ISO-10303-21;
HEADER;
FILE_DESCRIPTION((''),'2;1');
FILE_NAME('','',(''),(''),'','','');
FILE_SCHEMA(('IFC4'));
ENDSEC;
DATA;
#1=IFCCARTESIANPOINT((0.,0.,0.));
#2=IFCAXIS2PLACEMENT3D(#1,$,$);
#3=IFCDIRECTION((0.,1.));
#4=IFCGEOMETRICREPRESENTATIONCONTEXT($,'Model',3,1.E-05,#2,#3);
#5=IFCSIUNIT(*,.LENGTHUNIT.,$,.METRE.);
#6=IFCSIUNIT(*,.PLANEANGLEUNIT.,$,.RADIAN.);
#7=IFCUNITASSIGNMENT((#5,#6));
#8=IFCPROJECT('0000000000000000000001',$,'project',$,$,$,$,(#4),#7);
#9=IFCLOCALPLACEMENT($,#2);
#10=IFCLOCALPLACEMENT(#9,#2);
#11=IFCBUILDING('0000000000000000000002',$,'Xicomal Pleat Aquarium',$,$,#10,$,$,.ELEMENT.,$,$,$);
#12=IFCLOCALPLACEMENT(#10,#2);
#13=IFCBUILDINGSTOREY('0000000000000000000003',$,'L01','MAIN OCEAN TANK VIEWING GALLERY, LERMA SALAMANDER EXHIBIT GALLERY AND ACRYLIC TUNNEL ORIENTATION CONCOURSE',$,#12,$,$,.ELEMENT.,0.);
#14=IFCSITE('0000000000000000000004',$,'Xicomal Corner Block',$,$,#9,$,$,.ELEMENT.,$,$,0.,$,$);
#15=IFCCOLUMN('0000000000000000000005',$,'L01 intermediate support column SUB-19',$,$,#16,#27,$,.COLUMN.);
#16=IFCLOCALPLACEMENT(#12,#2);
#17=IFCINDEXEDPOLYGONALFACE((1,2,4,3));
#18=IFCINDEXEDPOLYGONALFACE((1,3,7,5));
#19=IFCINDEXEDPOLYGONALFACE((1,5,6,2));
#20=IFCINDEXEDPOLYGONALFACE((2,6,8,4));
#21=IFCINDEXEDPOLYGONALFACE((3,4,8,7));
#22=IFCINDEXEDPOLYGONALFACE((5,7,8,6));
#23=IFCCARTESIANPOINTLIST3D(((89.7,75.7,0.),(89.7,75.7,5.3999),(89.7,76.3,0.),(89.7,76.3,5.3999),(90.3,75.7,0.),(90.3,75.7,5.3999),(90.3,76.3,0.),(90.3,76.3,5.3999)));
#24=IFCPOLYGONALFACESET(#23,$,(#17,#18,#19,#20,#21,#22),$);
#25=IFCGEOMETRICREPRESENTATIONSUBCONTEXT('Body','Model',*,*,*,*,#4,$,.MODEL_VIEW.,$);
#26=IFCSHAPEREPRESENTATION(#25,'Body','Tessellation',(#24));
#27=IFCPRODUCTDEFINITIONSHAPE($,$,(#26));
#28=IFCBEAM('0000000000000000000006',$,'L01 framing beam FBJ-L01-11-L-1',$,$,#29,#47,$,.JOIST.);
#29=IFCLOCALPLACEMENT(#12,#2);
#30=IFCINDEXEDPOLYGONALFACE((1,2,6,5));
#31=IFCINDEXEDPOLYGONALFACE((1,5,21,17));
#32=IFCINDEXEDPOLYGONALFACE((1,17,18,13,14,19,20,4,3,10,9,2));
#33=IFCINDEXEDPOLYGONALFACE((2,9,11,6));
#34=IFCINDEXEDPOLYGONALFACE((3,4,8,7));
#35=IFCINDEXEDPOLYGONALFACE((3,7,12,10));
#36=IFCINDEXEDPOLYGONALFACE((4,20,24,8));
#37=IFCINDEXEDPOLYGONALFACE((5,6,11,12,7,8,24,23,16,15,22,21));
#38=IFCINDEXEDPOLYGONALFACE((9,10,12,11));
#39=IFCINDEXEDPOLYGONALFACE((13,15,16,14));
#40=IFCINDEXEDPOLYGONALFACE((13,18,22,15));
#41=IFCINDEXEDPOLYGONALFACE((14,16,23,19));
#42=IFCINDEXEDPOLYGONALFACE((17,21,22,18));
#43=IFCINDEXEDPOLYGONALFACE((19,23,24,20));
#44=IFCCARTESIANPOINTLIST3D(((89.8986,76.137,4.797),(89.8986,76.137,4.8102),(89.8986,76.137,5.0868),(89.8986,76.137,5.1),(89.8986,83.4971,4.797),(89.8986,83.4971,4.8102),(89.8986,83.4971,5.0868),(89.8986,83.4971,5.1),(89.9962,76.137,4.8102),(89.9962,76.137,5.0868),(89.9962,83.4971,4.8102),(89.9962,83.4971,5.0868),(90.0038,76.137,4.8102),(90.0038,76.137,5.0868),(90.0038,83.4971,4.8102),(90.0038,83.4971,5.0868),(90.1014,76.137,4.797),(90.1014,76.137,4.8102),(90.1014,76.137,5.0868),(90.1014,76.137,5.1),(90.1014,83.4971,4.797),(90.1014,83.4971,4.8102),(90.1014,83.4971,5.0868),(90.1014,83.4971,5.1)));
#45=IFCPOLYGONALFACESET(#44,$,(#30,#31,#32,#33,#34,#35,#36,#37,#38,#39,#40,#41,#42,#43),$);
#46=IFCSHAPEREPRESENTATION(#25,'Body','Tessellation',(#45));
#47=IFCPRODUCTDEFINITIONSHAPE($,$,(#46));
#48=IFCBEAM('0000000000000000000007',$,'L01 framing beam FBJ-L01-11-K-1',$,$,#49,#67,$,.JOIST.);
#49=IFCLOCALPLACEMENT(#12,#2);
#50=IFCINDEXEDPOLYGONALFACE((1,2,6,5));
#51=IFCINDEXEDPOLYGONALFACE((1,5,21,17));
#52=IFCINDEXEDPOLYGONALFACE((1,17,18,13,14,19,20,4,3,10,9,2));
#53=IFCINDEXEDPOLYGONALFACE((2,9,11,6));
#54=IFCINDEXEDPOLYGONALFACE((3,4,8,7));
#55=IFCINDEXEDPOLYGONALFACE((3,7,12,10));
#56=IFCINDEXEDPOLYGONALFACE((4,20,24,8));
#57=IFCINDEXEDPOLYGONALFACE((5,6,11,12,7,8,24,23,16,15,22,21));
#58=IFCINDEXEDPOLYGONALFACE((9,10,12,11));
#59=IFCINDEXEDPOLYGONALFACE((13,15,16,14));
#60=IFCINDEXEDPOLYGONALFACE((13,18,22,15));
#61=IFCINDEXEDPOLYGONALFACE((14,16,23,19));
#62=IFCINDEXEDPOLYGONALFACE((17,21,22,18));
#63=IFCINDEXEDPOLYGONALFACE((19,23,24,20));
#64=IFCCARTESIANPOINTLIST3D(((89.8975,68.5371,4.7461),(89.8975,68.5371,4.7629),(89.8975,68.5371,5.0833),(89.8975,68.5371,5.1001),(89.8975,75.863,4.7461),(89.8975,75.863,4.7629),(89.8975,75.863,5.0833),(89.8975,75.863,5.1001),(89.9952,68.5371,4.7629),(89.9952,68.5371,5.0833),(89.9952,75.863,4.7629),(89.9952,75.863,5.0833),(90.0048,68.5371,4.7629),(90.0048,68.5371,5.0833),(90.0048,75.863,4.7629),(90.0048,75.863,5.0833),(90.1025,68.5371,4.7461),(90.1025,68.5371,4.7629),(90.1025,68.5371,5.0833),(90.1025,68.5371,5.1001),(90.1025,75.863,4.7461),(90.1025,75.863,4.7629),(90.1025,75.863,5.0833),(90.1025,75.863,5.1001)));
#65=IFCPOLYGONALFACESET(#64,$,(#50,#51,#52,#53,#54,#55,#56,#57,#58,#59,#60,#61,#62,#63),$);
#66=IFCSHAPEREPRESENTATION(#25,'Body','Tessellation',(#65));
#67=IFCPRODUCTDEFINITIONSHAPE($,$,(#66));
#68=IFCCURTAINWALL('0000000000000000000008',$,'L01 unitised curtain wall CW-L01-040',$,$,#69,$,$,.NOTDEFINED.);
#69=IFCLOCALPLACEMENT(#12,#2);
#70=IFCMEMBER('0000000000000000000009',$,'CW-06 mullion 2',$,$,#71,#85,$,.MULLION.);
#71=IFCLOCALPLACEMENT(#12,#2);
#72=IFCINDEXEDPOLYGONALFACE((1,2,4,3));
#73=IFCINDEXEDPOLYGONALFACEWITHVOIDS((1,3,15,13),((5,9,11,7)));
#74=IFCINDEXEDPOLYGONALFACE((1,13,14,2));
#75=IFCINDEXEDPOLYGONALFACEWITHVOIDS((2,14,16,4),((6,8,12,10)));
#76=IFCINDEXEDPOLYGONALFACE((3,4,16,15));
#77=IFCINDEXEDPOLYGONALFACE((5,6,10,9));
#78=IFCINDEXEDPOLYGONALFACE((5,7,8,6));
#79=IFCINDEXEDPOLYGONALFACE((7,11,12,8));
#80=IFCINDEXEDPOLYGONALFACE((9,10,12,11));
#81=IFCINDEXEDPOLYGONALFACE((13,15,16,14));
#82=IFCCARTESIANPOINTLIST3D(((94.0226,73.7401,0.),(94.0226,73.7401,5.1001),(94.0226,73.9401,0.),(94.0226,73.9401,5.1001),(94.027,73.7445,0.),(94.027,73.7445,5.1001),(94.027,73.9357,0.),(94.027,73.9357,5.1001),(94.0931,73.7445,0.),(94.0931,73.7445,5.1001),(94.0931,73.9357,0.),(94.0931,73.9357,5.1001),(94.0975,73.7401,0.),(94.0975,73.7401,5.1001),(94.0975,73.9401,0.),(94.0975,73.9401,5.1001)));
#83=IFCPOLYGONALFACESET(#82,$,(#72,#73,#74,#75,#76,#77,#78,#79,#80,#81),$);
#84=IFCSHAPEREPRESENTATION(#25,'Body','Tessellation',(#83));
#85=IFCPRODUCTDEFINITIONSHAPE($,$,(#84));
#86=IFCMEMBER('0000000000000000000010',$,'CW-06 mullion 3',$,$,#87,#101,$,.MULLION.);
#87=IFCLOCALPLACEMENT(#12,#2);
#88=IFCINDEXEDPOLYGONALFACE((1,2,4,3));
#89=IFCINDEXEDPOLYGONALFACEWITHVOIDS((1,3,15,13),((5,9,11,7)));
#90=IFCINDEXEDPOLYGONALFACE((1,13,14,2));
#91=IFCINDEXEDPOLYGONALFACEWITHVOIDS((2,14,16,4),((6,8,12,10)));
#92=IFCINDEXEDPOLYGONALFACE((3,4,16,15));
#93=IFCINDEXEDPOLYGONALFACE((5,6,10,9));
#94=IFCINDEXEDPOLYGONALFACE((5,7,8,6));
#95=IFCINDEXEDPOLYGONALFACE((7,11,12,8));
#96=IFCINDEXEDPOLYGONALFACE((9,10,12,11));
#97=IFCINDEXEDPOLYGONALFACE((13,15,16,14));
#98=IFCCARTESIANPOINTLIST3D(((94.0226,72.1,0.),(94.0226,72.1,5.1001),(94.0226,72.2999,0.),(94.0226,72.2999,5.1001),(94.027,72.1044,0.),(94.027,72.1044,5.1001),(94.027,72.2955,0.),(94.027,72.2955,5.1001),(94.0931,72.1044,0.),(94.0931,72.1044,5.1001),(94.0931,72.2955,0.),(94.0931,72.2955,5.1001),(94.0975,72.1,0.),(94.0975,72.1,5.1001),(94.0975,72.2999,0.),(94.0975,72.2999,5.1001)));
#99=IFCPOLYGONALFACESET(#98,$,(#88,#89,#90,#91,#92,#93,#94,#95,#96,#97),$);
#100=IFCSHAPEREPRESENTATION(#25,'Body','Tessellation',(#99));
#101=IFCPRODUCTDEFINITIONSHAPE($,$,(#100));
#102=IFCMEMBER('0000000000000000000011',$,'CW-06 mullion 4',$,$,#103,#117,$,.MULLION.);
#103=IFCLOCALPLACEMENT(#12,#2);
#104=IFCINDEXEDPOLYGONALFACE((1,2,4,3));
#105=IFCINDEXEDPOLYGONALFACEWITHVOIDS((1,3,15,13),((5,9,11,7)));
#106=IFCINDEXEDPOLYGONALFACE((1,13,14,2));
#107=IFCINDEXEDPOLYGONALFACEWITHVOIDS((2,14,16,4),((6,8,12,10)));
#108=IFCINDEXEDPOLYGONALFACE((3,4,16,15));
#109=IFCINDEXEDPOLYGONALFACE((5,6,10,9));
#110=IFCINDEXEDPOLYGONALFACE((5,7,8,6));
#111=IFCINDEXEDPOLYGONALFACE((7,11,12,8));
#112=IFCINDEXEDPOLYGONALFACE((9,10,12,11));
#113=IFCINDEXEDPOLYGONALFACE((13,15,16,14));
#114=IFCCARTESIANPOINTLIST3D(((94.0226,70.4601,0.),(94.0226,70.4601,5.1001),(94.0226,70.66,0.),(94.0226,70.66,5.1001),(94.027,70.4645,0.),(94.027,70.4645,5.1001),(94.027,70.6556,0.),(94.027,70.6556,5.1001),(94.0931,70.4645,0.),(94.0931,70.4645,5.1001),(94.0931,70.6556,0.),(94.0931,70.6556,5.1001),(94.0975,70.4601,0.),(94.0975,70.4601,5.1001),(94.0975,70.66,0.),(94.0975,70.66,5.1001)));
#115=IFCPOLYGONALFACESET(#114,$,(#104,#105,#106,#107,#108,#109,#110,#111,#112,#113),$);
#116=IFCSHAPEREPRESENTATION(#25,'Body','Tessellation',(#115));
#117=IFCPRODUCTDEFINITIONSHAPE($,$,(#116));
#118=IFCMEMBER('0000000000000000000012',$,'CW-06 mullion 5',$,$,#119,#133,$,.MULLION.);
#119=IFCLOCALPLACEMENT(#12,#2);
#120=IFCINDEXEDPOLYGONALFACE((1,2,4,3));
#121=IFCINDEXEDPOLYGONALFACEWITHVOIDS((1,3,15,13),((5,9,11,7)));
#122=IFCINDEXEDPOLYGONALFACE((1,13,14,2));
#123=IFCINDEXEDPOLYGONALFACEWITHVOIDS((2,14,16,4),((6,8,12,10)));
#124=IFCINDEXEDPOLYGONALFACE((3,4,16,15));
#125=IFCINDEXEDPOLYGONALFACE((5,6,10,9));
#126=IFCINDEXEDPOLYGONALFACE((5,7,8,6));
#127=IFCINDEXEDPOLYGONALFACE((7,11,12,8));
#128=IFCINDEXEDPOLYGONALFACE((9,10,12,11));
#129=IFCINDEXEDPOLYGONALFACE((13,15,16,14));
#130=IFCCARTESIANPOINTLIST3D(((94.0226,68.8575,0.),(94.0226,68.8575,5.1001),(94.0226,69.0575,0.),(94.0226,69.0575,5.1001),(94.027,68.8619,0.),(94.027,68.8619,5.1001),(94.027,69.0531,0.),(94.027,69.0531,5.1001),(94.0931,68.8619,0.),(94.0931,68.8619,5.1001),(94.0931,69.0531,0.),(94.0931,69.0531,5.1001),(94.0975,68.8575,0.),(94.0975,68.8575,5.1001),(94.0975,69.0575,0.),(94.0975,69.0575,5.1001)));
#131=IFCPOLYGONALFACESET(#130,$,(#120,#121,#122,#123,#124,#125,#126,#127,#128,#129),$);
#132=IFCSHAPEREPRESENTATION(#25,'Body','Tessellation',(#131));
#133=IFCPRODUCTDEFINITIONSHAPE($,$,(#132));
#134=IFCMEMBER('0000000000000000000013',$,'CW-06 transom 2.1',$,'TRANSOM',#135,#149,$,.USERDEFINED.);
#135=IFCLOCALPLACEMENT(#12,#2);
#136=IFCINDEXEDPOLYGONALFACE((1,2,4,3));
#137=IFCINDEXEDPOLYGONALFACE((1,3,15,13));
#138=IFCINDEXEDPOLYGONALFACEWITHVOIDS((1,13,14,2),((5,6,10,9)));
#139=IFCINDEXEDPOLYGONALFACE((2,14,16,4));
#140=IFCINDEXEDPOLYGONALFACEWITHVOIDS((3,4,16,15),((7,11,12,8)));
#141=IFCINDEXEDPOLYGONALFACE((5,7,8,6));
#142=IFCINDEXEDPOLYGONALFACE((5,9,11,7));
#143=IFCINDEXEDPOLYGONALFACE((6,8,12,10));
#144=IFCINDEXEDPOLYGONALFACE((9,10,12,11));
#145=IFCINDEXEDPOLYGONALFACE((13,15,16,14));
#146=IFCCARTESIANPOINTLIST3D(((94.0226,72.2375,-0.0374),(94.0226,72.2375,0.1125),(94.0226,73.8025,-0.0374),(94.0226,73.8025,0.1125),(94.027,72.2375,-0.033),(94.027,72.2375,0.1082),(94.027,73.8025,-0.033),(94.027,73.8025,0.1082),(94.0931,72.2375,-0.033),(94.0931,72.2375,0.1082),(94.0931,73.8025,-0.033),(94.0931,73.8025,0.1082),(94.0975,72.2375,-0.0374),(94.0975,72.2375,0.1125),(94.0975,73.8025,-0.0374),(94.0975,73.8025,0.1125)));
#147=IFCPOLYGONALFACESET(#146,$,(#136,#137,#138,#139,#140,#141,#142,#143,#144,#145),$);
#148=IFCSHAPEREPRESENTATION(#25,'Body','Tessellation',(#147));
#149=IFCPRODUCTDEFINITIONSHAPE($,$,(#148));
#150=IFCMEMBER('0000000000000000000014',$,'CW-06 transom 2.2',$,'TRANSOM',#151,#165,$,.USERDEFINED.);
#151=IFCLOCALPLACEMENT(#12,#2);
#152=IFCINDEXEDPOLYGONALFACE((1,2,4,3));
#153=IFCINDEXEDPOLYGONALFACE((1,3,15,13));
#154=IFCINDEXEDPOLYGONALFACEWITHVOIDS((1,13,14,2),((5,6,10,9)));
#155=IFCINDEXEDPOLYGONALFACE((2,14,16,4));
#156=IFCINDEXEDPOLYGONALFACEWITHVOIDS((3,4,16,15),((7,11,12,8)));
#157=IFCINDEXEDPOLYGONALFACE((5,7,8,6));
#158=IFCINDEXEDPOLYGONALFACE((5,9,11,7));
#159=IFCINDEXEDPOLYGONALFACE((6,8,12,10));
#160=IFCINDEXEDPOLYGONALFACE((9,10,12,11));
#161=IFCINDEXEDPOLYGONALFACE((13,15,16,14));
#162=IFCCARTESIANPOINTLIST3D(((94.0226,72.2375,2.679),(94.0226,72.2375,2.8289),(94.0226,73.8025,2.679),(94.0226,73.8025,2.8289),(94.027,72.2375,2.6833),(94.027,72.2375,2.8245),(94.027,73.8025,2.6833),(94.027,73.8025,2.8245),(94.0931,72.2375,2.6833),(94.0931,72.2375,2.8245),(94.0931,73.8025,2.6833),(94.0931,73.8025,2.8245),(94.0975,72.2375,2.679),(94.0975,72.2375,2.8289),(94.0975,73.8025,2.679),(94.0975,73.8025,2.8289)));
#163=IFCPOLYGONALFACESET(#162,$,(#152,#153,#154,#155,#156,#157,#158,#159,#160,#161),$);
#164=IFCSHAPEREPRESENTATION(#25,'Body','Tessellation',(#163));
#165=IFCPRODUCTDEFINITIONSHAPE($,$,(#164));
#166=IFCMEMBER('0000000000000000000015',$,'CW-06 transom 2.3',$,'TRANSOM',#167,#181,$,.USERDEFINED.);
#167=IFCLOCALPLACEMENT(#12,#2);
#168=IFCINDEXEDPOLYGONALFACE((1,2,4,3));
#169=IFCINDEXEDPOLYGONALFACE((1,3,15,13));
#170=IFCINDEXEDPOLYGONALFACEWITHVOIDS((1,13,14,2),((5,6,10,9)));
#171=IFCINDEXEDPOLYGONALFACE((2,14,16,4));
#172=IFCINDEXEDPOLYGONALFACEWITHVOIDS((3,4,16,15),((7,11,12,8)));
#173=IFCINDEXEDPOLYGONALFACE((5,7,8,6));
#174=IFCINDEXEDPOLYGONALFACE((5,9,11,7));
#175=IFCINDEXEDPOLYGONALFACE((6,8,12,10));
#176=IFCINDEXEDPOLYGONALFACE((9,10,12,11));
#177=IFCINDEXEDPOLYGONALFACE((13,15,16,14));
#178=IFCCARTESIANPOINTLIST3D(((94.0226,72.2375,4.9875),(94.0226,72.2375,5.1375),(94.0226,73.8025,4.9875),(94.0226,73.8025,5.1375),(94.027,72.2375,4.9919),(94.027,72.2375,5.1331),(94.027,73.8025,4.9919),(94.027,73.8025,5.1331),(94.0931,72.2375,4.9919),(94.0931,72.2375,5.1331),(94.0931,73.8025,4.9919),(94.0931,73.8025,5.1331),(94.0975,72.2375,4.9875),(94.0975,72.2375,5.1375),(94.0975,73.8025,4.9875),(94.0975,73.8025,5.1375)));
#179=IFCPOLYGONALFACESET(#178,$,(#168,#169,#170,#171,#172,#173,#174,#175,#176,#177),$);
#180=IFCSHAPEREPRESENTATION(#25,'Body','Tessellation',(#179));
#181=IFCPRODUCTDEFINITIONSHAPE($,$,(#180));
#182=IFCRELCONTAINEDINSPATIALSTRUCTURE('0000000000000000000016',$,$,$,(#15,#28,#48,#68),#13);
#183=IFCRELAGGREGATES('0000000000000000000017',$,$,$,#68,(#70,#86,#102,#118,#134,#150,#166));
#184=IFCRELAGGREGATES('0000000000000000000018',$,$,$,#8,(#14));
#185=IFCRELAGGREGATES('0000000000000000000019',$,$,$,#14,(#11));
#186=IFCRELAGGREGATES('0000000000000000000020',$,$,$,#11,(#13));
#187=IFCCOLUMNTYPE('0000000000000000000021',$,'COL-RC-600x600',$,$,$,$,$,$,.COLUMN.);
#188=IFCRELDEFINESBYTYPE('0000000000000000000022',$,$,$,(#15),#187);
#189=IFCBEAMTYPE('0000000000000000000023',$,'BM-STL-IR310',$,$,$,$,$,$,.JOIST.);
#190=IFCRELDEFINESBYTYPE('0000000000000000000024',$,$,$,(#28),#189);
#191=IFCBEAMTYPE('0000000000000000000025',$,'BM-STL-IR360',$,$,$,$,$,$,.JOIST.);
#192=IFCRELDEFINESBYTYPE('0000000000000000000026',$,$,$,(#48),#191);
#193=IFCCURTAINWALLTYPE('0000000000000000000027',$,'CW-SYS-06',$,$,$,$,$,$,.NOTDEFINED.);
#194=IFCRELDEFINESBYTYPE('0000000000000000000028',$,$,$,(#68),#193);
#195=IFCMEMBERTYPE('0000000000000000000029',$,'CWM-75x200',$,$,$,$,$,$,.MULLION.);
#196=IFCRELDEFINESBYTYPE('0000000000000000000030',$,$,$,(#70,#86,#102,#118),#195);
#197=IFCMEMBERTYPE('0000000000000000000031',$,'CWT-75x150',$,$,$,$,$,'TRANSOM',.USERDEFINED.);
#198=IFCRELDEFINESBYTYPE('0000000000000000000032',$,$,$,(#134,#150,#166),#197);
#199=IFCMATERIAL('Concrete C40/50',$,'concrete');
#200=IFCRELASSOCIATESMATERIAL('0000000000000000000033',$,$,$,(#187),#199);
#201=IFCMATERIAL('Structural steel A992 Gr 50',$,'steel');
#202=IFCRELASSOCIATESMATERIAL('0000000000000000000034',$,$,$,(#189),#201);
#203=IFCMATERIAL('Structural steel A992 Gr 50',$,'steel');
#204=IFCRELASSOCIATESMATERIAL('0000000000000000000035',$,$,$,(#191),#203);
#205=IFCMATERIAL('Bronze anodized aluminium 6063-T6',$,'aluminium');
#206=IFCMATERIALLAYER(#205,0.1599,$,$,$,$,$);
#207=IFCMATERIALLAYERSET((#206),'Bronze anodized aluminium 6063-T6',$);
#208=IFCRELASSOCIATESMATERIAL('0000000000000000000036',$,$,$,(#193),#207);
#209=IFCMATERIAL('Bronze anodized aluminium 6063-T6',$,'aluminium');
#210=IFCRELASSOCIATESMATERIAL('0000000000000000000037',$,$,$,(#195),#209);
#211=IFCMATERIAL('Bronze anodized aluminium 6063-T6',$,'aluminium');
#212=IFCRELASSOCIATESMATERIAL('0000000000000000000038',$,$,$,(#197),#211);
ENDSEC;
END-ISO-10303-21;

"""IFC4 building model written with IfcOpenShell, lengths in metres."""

from ifc_helpers import new_model, si_unit, direction, frame, origin, origin_2d, place, context, subcontext, project, spatial, rectangle, hollow_rectangle, i_section, extrude, material, layer, layer_set, material_profile, profile_set, type_object, element, aggregate, save


model = new_model("IFC4")

# Units and contexts
model_context = context("Model", 3, precision=1e-05, world=origin(), true_north=direction((0.0, 1.0)))
body_context = subcontext(model_context, "Body", "Model", "MODEL_VIEW")
ifc_project = project(units=[si_unit("LENGTHUNIT", "METRE"), si_unit("PLANEANGLEUNIT", "RADIAN")], contexts=[model_context])

# Site, building, storey
site_placement = place(None, origin())
site = spatial("IfcSite", under=ifc_project, at=site_placement, Name="Xicomal Corner Block", CompositionType="ELEMENT", RefElevation=0.0)
building_placement = place(site_placement, origin())
building = spatial("IfcBuilding", under=site, at=building_placement, Name="Xicomal Pleat Aquarium", CompositionType="ELEMENT")
storey_placement = place(building_placement, origin())
storey = spatial("IfcBuildingStorey", under=building, at=storey_placement, Name="L01", Description="MAIN OCEAN TANK VIEWING GALLERY, LERMA SALAMANDER EXHIBIT GALLERY AND ACRYLIC TUNNEL ORIENTATION CONCOURSE", CompositionType="ELEMENT", Elevation=0.0)

# Column
ifc_material_1 = material(Name="Concrete C40/50", Category="concrete")
ifc_material_profile_1 = material_profile(ifc_material_1, rectangle(XDim=0.6001, YDim=0.6001, at=origin_2d()), Name="RC 600x600")
ifc_profile_set_1 = profile_set([ifc_material_profile_1], Name="Concrete C40/50")
column_type = type_object("IfcColumnType", Name="COL-RC-600x600", PredefinedType="COLUMN", material=ifc_profile_set_1)
column_placement = place(storey_placement, frame((90.0, 76.0, 0.0), z_axis=(0.0, 0.0, 1.0), x_axis=(1.0, 0.0, 0.0)))
element("IfcColumn", 1, at=column_placement, inside=storey, type_object=column_type, Name="L01 intermediate support column SUB-19", PredefinedType="COLUMN", context=body_context, shape_type="SweptSolid", body=[
    extrude(rectangle(XDim=0.6001, YDim=0.6001, at=origin_2d()), origin(), (0.0, 0.0, 1.0), 5.3999),
])

# Beams
ifc_material_2 = material(Name="Structural steel A992 Gr 50", Category="steel")
ifc_material_profile_2 = material_profile(ifc_material_2, i_section(OverallWidth=0.2029, OverallDepth=0.303, WebThickness=0.0076, FlangeThickness=0.0132, at=origin_2d()), Name="IR 310x60")
ifc_profile_set_2 = profile_set([ifc_material_profile_2], Name="Structural steel A992 Gr 50")
beam_type_1 = type_object("IfcBeamType", Name="BM-STL-IR310", PredefinedType="JOIST", material=ifc_profile_set_2)
beam_1_placement = place(storey_placement, frame((90.0, 76.137, 4.9485), z_axis=(0.0, 1.0, 0.0), x_axis=(-1.0, 0.0, 0.0)))
element("IfcBeam", 2, at=beam_1_placement, inside=storey, type_object=beam_type_1, Name="L01 framing beam FBJ-L01-11-L-1", PredefinedType="JOIST", context=body_context, shape_type="SweptSolid", body=[
    extrude(i_section(OverallWidth=0.2029, OverallDepth=0.303, WebThickness=0.0076, FlangeThickness=0.0132, at=origin_2d()), origin(), (0.0, 0.0, 1.0), 7.3601),
])
ifc_material_3 = material(Name="Structural steel A992 Gr 50", Category="steel")
ifc_material_profile_3 = material_profile(ifc_material_3, i_section(OverallWidth=0.2051, OverallDepth=0.354, WebThickness=0.0095, FlangeThickness=0.0168, at=origin_2d()), Name="IR 360x79")
ifc_profile_set_3 = profile_set([ifc_material_profile_3], Name="Structural steel A992 Gr 50")
beam_type_2 = type_object("IfcBeamType", Name="BM-STL-IR360", PredefinedType="JOIST", material=ifc_profile_set_3)
beam_2_placement = place(storey_placement, frame((90.0, 68.5371, 4.9231), z_axis=(0.0, 1.0, 0.0), x_axis=(-1.0, 0.0, 0.0)))
element("IfcBeam", 3, at=beam_2_placement, inside=storey, type_object=beam_type_2, Name="L01 framing beam FBJ-L01-11-K-1", PredefinedType="JOIST", context=body_context, shape_type="SweptSolid", body=[
    extrude(i_section(OverallWidth=0.2051, OverallDepth=0.354, WebThickness=0.0095, FlangeThickness=0.0168, at=origin_2d()), origin(), (0.0, 0.0, 1.0), 7.3259),
])

# Curtain wall, members
ifc_material_4 = material(Name="Bronze anodized aluminium 6063-T6", Category="aluminium")
ifc_layer_1 = layer(ifc_material_4, 0.1599)
ifc_layer_set_1 = layer_set([ifc_layer_1], Name="Bronze anodized aluminium 6063-T6")
curtain_wall_type = type_object("IfcCurtainWallType", Name="CW-SYS-06", PredefinedType="NOTDEFINED", material=ifc_layer_set_1)
curtain_wall_placement = place(storey_placement, origin())
curtain_wall = element("IfcCurtainWall", 4, at=curtain_wall_placement, inside=storey, type_object=curtain_wall_type, Name="L01 unitised curtain wall CW-L01-040", PredefinedType="NOTDEFINED")
ifc_material_5 = material(Name="Bronze anodized aluminium 6063-T6", Category="aluminium")
ifc_material_profile_4 = material_profile(ifc_material_5, hollow_rectangle(XDim=0.075, YDim=0.2, WallThickness=0.0044, at=origin_2d()), Name="ALU MULL 75x200")
ifc_profile_set_4 = profile_set([ifc_material_profile_4], Name="Bronze anodized aluminium 6063-T6")
member_type_1 = type_object("IfcMemberType", Name="CWM-75x200", PredefinedType="MULLION", material=ifc_profile_set_4)
member_1_placement = place(storey_placement, frame((94.0601, 73.8401, 0.0), z_axis=(0.0, 0.0, 1.0), x_axis=(1.0, 0.0, 0.0)))
member_1 = element("IfcMember", 5, at=member_1_placement, type_object=member_type_1, Name="CW-06 mullion 2", PredefinedType="MULLION", context=body_context, shape_type="SweptSolid", body=[
    extrude(hollow_rectangle(XDim=0.075, YDim=0.2, WallThickness=0.0044, at=origin_2d()), origin(), (0.0, 0.0, 1.0), 5.1001),
])
member_2_placement = place(storey_placement, frame((94.0601, 72.2, 0.0), z_axis=(0.0, 0.0, 1.0), x_axis=(1.0, 0.0, 0.0)))
member_2 = element("IfcMember", 6, at=member_2_placement, type_object=member_type_1, Name="CW-06 mullion 3", PredefinedType="MULLION", context=body_context, shape_type="SweptSolid", body=[
    extrude(hollow_rectangle(XDim=0.075, YDim=0.2, WallThickness=0.0044, at=origin_2d()), origin(), (0.0, 0.0, 1.0), 5.1001),
])
member_3_placement = place(storey_placement, frame((94.0601, 70.5601, 0.0), z_axis=(0.0, 0.0, 1.0), x_axis=(1.0, 0.0, 0.0)))
member_3 = element("IfcMember", 7, at=member_3_placement, type_object=member_type_1, Name="CW-06 mullion 4", PredefinedType="MULLION", context=body_context, shape_type="SweptSolid", body=[
    extrude(hollow_rectangle(XDim=0.075, YDim=0.2, WallThickness=0.0044, at=origin_2d()), origin(), (0.0, 0.0, 1.0), 5.1001),
])
member_4_placement = place(storey_placement, frame((94.0601, 68.9575, 0.0), z_axis=(0.0, 0.0, 1.0), x_axis=(1.0, 0.0, 0.0)))
member_4 = element("IfcMember", 8, at=member_4_placement, type_object=member_type_1, Name="CW-06 mullion 5", PredefinedType="MULLION", context=body_context, shape_type="SweptSolid", body=[
    extrude(hollow_rectangle(XDim=0.075, YDim=0.2, WallThickness=0.0044, at=origin_2d()), origin(), (0.0, 0.0, 1.0), 5.1001),
])
ifc_material_6 = material(Name="Bronze anodized aluminium 6063-T6", Category="aluminium")
ifc_material_profile_5 = material_profile(ifc_material_6, hollow_rectangle(XDim=0.075, YDim=0.1499, WallThickness=0.0044, at=origin_2d()), Name="ALU TRAN 75x150")
ifc_profile_set_5 = profile_set([ifc_material_profile_5], Name="Bronze anodized aluminium 6063-T6")
member_type_2 = type_object("IfcMemberType", Name="CWT-75x150", ElementType="TRANSOM", PredefinedType="USERDEFINED", material=ifc_profile_set_5)
member_5_placement = place(storey_placement, frame((94.0601, 73.8025, 0.0376), z_axis=(0.0, -1.0, 0.0), x_axis=(1.0, 0.0, 0.0)))
member_5 = element("IfcMember", 9, at=member_5_placement, type_object=member_type_2, Name="CW-06 transom 2.1", ObjectType="TRANSOM", PredefinedType="USERDEFINED", context=body_context, shape_type="SweptSolid", body=[
    extrude(hollow_rectangle(XDim=0.075, YDim=0.1499, WallThickness=0.0044, at=origin_2d()), origin(), (0.0, 0.0, 1.0), 1.5649),
])
member_6_placement = place(storey_placement, frame((94.0601, 73.8025, 2.7539), z_axis=(0.0, -1.0, 0.0), x_axis=(1.0, 0.0, 0.0)))
member_6 = element("IfcMember", 10, at=member_6_placement, type_object=member_type_2, Name="CW-06 transom 2.2", ObjectType="TRANSOM", PredefinedType="USERDEFINED", context=body_context, shape_type="SweptSolid", body=[
    extrude(hollow_rectangle(XDim=0.075, YDim=0.1499, WallThickness=0.0044, at=origin_2d()), origin(), (0.0, 0.0, 1.0), 1.5649),
])
member_7_placement = place(storey_placement, frame((94.0601, 73.8025, 5.0625), z_axis=(0.0, -1.0, 0.0), x_axis=(1.0, 0.0, 0.0)))
member_7 = element("IfcMember", 11, at=member_7_placement, type_object=member_type_2, Name="CW-06 transom 2.3", ObjectType="TRANSOM", PredefinedType="USERDEFINED", context=body_context, shape_type="SweptSolid", body=[
    extrude(hollow_rectangle(XDim=0.075, YDim=0.1499, WallThickness=0.0044, at=origin_2d()), origin(), (0.0, 0.0, 1.0), 1.5649),
])
aggregate(curtain_wall, [member_1, member_2, member_3, member_4, member_5, member_6, member_7])

save(model, "model.ifc")
